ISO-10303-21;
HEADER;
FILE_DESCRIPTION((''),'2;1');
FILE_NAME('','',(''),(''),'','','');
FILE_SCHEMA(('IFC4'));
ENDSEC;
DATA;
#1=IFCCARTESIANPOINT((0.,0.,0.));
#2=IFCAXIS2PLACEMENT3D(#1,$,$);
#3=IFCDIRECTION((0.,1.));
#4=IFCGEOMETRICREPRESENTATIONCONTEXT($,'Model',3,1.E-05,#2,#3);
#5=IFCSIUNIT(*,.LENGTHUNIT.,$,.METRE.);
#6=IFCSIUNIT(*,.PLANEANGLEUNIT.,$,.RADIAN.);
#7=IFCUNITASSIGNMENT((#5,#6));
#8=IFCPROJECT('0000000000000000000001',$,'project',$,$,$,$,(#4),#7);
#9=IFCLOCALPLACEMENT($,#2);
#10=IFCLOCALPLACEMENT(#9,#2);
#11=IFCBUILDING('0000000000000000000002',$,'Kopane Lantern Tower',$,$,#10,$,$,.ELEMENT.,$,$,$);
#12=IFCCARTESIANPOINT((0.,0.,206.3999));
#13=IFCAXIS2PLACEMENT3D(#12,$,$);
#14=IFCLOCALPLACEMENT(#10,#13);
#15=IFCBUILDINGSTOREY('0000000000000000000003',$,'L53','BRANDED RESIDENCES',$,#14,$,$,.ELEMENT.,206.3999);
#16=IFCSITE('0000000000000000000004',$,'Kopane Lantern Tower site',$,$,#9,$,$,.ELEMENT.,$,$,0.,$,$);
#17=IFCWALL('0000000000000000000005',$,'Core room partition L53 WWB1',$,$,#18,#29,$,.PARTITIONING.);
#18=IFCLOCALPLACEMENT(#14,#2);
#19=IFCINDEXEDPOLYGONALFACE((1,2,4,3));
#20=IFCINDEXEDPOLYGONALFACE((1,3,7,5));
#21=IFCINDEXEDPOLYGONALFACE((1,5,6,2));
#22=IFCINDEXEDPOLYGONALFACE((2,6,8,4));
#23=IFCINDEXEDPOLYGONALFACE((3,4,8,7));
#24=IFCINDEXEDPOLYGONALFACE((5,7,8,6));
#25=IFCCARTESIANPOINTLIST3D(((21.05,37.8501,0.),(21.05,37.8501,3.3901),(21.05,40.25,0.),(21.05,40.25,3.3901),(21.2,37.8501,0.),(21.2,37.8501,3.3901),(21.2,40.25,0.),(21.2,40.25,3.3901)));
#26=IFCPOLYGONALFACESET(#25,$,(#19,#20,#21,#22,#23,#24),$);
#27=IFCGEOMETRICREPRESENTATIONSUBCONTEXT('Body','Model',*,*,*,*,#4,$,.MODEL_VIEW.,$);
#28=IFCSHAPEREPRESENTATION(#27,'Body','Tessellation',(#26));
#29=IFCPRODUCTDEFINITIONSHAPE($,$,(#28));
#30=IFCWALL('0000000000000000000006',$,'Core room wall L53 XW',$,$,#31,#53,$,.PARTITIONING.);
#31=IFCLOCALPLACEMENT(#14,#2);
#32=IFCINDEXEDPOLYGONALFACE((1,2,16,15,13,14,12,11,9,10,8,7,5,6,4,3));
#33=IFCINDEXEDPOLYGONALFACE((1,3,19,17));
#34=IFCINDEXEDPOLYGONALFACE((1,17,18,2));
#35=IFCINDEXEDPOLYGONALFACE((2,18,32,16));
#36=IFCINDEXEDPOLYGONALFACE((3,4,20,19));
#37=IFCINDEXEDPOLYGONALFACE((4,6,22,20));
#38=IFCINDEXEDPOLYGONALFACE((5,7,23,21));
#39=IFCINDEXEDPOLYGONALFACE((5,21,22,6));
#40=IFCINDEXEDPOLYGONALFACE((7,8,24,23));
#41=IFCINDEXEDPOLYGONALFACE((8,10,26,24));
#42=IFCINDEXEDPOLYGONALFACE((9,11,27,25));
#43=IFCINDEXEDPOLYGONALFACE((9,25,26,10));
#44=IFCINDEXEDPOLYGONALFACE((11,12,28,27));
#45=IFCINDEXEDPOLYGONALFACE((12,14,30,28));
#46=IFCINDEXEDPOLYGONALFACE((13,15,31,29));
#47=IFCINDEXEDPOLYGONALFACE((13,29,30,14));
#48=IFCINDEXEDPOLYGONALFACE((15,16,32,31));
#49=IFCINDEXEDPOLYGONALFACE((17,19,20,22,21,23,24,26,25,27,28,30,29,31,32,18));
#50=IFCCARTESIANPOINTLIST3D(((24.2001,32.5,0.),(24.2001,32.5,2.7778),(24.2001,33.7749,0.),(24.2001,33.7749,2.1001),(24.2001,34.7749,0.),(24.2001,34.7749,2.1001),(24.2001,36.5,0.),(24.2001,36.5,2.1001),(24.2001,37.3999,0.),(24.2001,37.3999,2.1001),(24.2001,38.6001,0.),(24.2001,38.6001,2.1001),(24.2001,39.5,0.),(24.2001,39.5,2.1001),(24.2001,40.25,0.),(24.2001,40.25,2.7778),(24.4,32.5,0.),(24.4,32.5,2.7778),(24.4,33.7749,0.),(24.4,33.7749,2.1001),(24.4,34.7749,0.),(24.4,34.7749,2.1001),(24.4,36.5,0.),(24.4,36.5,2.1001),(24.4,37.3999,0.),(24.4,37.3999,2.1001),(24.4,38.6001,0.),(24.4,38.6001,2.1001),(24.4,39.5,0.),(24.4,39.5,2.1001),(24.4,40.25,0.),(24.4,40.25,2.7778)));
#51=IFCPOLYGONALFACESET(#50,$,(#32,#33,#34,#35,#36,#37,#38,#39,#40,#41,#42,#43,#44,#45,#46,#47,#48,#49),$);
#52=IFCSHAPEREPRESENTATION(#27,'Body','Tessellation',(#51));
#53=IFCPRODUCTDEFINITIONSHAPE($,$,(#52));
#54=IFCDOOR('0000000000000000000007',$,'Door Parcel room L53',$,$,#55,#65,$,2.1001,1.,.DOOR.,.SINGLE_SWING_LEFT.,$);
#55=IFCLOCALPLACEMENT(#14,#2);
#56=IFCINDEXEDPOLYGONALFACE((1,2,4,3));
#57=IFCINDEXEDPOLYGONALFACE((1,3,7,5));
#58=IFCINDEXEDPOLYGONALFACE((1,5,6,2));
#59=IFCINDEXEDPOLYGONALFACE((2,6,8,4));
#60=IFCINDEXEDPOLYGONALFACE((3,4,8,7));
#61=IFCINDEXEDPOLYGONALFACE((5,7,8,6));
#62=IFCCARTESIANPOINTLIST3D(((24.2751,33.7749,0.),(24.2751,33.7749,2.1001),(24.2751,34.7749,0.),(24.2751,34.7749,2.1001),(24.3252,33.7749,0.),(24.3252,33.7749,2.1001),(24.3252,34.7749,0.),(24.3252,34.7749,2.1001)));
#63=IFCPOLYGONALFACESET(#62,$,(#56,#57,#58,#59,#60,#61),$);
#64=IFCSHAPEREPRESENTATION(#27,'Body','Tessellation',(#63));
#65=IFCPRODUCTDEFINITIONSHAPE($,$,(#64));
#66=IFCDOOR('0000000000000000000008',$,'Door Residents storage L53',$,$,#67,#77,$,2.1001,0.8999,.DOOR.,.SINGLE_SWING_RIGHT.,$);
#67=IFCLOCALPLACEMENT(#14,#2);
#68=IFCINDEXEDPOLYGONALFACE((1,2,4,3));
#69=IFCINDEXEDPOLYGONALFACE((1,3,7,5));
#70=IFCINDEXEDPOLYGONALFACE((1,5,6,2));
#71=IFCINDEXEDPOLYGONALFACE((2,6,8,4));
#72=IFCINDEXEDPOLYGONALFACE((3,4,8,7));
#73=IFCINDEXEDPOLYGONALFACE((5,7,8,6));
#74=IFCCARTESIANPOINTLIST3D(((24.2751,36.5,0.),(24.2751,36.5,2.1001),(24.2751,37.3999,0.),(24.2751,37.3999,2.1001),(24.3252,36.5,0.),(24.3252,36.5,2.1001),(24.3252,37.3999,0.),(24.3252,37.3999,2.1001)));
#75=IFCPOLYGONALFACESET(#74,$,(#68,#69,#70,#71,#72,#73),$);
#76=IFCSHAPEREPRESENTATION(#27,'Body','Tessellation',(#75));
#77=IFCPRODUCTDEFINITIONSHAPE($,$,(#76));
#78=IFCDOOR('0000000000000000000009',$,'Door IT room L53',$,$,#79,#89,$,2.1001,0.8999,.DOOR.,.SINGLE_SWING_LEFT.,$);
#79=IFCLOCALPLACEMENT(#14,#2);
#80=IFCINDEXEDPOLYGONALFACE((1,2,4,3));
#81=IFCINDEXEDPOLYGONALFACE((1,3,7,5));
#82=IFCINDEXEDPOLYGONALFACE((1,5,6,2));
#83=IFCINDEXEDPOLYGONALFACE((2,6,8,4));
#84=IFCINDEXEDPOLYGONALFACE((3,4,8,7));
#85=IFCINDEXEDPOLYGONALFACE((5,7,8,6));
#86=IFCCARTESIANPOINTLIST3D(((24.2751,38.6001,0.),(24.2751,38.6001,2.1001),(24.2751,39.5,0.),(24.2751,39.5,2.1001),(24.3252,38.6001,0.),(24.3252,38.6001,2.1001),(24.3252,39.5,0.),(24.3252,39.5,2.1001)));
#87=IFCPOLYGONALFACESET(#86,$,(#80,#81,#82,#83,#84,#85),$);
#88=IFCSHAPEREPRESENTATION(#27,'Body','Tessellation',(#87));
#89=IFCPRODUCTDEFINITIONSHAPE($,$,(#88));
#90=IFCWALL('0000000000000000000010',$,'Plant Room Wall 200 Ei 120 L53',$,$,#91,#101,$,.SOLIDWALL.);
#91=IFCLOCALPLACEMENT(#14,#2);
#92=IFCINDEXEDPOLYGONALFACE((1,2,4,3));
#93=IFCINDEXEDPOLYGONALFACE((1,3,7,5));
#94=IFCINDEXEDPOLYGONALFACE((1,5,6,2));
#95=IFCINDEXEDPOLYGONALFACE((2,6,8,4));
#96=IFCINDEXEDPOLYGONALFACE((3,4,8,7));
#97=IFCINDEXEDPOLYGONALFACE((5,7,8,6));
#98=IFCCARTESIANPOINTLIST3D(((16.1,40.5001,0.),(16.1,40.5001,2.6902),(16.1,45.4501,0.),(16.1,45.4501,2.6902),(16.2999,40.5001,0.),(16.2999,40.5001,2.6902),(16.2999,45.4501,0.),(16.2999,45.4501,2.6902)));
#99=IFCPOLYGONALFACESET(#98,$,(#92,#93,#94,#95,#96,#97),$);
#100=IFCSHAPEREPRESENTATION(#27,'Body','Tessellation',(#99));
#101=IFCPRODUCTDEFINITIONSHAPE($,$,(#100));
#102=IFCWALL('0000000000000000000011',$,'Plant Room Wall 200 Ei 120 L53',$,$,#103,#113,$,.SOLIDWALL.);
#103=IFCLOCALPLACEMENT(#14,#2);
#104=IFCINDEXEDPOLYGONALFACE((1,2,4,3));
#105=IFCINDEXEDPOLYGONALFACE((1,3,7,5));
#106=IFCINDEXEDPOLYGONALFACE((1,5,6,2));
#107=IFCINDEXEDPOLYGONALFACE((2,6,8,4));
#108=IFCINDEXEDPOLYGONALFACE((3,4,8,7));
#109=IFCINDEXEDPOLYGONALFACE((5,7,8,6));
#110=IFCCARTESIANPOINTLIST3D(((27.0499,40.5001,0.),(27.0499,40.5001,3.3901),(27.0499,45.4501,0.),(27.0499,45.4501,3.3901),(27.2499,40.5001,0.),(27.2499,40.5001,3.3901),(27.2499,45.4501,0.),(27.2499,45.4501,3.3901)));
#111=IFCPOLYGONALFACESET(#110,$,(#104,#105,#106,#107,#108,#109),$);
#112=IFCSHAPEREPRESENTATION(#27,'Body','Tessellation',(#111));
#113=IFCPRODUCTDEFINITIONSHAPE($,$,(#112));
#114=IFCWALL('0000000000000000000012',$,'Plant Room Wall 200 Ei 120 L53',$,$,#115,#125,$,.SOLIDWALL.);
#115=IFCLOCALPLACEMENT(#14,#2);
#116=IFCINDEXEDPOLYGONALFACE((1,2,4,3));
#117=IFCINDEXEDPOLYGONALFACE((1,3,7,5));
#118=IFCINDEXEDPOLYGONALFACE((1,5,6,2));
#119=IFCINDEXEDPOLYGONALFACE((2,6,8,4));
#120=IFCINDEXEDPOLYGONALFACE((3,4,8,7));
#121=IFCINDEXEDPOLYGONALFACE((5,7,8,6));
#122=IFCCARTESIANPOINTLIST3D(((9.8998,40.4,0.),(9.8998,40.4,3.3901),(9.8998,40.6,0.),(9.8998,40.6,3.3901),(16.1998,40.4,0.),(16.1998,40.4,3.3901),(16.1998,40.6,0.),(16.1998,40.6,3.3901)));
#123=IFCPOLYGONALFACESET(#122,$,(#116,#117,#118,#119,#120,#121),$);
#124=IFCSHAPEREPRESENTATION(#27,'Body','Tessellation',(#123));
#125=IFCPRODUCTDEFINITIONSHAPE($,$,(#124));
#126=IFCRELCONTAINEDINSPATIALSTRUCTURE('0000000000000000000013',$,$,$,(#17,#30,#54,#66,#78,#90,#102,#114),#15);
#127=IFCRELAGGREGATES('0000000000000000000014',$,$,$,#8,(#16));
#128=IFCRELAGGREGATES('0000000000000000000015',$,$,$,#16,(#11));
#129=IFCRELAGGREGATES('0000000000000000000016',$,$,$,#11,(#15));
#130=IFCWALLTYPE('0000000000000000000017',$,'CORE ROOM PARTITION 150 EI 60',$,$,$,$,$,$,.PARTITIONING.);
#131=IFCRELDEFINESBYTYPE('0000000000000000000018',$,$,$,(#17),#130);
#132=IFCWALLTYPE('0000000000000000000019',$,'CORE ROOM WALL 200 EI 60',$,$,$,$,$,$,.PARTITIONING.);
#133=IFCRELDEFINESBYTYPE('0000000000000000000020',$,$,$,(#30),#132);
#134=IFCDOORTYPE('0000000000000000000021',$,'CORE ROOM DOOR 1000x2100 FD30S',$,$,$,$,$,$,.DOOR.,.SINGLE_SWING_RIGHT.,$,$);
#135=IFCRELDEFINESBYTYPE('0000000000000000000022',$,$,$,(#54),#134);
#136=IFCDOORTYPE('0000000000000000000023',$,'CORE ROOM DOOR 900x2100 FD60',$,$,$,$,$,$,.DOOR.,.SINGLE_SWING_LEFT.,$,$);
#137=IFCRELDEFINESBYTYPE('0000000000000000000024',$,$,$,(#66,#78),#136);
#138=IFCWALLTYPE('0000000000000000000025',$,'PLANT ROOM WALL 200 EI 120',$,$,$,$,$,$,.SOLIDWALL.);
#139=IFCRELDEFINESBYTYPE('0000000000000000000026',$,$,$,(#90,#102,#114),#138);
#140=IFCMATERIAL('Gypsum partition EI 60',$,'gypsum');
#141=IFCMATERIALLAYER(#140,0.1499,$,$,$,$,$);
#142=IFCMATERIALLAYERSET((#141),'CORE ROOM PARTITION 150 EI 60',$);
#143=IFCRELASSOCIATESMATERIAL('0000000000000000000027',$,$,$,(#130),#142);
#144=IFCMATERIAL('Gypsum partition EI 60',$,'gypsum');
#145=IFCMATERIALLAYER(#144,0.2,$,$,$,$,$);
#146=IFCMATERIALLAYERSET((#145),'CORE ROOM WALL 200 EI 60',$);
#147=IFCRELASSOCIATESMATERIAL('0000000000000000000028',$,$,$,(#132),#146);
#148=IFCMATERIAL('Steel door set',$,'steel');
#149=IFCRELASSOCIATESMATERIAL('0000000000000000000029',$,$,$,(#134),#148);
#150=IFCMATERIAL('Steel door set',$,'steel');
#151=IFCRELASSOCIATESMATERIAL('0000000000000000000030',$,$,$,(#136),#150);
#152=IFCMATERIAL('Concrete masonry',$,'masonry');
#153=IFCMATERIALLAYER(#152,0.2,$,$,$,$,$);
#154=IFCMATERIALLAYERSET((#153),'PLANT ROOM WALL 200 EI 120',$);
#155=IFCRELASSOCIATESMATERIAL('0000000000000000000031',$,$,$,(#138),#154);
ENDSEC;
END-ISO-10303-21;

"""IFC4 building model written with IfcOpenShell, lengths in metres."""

from ifc_helpers import new_model, si_unit, direction, frame, frame_2d, origin, place, context, subcontext, project, spatial, rectangle, extrude, material, layer, layer_set, type_object, element, fill, save


model = new_model("IFC4")

# Units and contexts
model_context = context("Model", 3, precision=1e-05, world=origin(), true_north=direction((0.0, 1.0)))
body_context = subcontext(model_context, "Body", "Model", "MODEL_VIEW")
ifc_project = project(units=[si_unit("LENGTHUNIT", "METRE"), si_unit("PLANEANGLEUNIT", "RADIAN")], contexts=[model_context])

# Site, building, storey
site_placement = place(None, origin())
site = spatial("IfcSite", under=ifc_project, at=site_placement, Name="Kopane Lantern Tower site", CompositionType="ELEMENT", RefElevation=0.0)
building_placement = place(site_placement, origin())
building = spatial("IfcBuilding", under=site, at=building_placement, Name="Kopane Lantern Tower", CompositionType="ELEMENT")
storey_placement = place(building_placement, frame((0.0, 0.0, 206.3999)))
storey = spatial("IfcBuildingStorey", under=building, at=storey_placement, Name="L53", Description="BRANDED RESIDENCES", CompositionType="ELEMENT", Elevation=206.3999)

# Wall
ifc_material_1 = material(Name="Gypsum partition EI 60", Category="gypsum")
ifc_layer_1 = layer(ifc_material_1, 0.1499)
ifc_layer_set_1 = layer_set([ifc_layer_1], Name="CORE ROOM PARTITION 150 EI 60")
wall_type_1 = type_object("IfcWallType", Name="CORE ROOM PARTITION 150 EI 60", PredefinedType="PARTITIONING", material=ifc_layer_set_1)
wall_1_placement = place(storey_placement, frame((21.125, 37.8501, 0.0), z_axis=(0.0, 0.0, 1.0), x_axis=(0.0, 1.0, 0.0)))
element("IfcWall", 1, at=wall_1_placement, inside=storey, type_object=wall_type_1, Name="Core room partition L53 WWB1", PredefinedType="PARTITIONING", context=body_context, shape_type="SweptSolid", body=[
    extrude(rectangle(XDim=2.3999, YDim=0.1499, at=frame_2d((1.2, 0.0))), origin(), (0.0, 0.0, 1.0), 3.3901),
])

# Wall, openings, doors
ifc_material_2 = material(Name="Gypsum partition EI 60", Category="gypsum")
ifc_layer_2 = layer(ifc_material_2, 0.2)
ifc_layer_set_2 = layer_set([ifc_layer_2], Name="CORE ROOM WALL 200 EI 60")
wall_type_2 = type_object("IfcWallType", Name="CORE ROOM WALL 200 EI 60", PredefinedType="PARTITIONING", material=ifc_layer_set_2)
wall_2_placement = place(storey_placement, frame((24.3, 32.5, 0.0), z_axis=(0.0, 0.0, 1.0), x_axis=(0.0, 1.0, 0.0)))
wall_2 = element("IfcWall", 2, at=wall_2_placement, inside=storey, type_object=wall_type_2, Name="Core room wall L53 XW", PredefinedType="PARTITIONING", context=body_context, shape_type="SweptSolid", body=[
    extrude(rectangle(XDim=7.75, YDim=0.2, at=frame_2d((3.875, 0.0))), origin(), (0.0, 0.0, 1.0), 2.7778),
])
opening_1_placement = place(wall_2_placement, frame((1.2749, 0.0, 0.0)))
opening_1 = element("IfcOpeningElement", 3, at=opening_1_placement, cuts=wall_2, PredefinedType="OPENING", context=body_context, shape_type="SweptSolid", body=[
    extrude(rectangle(XDim=1.0, YDim=2.1001, at=frame_2d((0.5, 1.05))), frame((0.0, 0.1099, 0.0), z_axis=(0.0, -1.0, 0.0), x_axis=(1.0, 0.0, 0.0)), (0.0, 0.0, 1.0), 0.22),
])
opening_2_placement = place(wall_2_placement, frame((4.0, 0.0, 0.0)))
opening_2 = element("IfcOpeningElement", 4, at=opening_2_placement, cuts=wall_2, PredefinedType="OPENING", context=body_context, shape_type="SweptSolid", body=[
    extrude(rectangle(XDim=0.8999, YDim=2.1001, at=frame_2d((0.45, 1.05))), frame((0.0, 0.1099, 0.0), z_axis=(0.0, -1.0, 0.0), x_axis=(1.0, 0.0, 0.0)), (0.0, 0.0, 1.0), 0.22),
])
opening_3_placement = place(wall_2_placement, frame((6.1001, 0.0, 0.0)))
opening_3 = element("IfcOpeningElement", 5, at=opening_3_placement, cuts=wall_2, PredefinedType="OPENING", context=body_context, shape_type="SweptSolid", body=[
    extrude(rectangle(XDim=0.8999, YDim=2.1001, at=frame_2d((0.45, 1.05))), frame((0.0, 0.1099, 0.0), z_axis=(0.0, -1.0, 0.0), x_axis=(1.0, 0.0, 0.0)), (0.0, 0.0, 1.0), 0.22),
])
ifc_material_3 = material(Name="Steel door set", Category="steel")
door_type_1 = type_object("IfcDoorType", Name="CORE ROOM DOOR 1000x2100 FD30S", OperationType="SINGLE_SWING_RIGHT", PredefinedType="DOOR", material=ifc_material_3)
door_1_placement = place(opening_1_placement, origin())
door_1 = element("IfcDoor", 6, at=door_1_placement, inside=storey, type_object=door_type_1, Name="Door Parcel room L53", OperationType="SINGLE_SWING_LEFT", OverallHeight=2.1001, OverallWidth=1.0, PredefinedType="DOOR", context=body_context, shape_type="SweptSolid", body=[
    extrude(rectangle(XDim=1.0, YDim=2.1001, at=frame_2d((0.5, 1.05))), frame((0.0, 0.0249, 0.0), z_axis=(0.0, -1.0, 0.0), x_axis=(1.0, 0.0, 0.0)), (0.0, 0.0, 1.0), 0.05),
])
fill(opening_1, door_1)
ifc_material_4 = material(Name="Steel door set", Category="steel")
door_type_2 = type_object("IfcDoorType", Name="CORE ROOM DOOR 900x2100 FD60", OperationType="SINGLE_SWING_LEFT", PredefinedType="DOOR", material=ifc_material_4)
door_2_placement = place(opening_2_placement, origin())
door_2 = element("IfcDoor", 7, at=door_2_placement, inside=storey, type_object=door_type_2, Name="Door Residents storage L53", OperationType="SINGLE_SWING_RIGHT", OverallHeight=2.1001, OverallWidth=0.8999, PredefinedType="DOOR", context=body_context, shape_type="SweptSolid", body=[
    extrude(rectangle(XDim=0.8999, YDim=2.1001, at=frame_2d((0.45, 1.05))), frame((0.0, 0.0249, 0.0), z_axis=(0.0, -1.0, 0.0), x_axis=(1.0, 0.0, 0.0)), (0.0, 0.0, 1.0), 0.05),
])
fill(opening_2, door_2)
door_3_placement = place(opening_3_placement, origin())
door_3 = element("IfcDoor", 8, at=door_3_placement, inside=storey, type_object=door_type_2, Name="Door IT room L53", OperationType="SINGLE_SWING_LEFT", OverallHeight=2.1001, OverallWidth=0.8999, PredefinedType="DOOR", context=body_context, shape_type="SweptSolid", body=[
    extrude(rectangle(XDim=0.8999, YDim=2.1001, at=frame_2d((0.45, 1.05))), frame((0.0, 0.0249, 0.0), z_axis=(0.0, -1.0, 0.0), x_axis=(1.0, 0.0, 0.0)), (0.0, 0.0, 1.0), 0.05),
])
fill(opening_3, door_3)

# Walls
ifc_material_5 = material(Name="Concrete masonry", Category="masonry")
ifc_layer_3 = layer(ifc_material_5, 0.2)
ifc_layer_set_3 = layer_set([ifc_layer_3], Name="PLANT ROOM WALL 200 EI 120")
wall_type_3 = type_object("IfcWallType", Name="PLANT ROOM WALL 200 EI 120", PredefinedType="SOLIDWALL", material=ifc_layer_set_3)
wall_3_placement = place(storey_placement, frame((16.2, 40.5, 0.0), z_axis=(0.0, 0.0, 1.0), x_axis=(0.0, 1.0, 0.0)))
element("IfcWall", 9, at=wall_3_placement, inside=storey, type_object=wall_type_3, Name="Plant Room Wall 200 Ei 120 L53", PredefinedType="SOLIDWALL", context=body_context, shape_type="SweptSolid", body=[
    extrude(rectangle(XDim=4.95, YDim=0.2, at=frame_2d((2.4751, 0.0))), origin(), (0.0, 0.0, 1.0), 2.6902),
])
wall_4_placement = place(storey_placement, frame((27.1499, 40.5, 0.0), z_axis=(0.0, 0.0, 1.0), x_axis=(0.0, 1.0, 0.0)))
element("IfcWall", 10, at=wall_4_placement, inside=storey, type_object=wall_type_3, Name="Plant Room Wall 200 Ei 120 L53", PredefinedType="SOLIDWALL", context=body_context, shape_type="SweptSolid", body=[
    extrude(rectangle(XDim=4.95, YDim=0.2, at=frame_2d((2.4751, 0.0))), origin(), (0.0, 0.0, 1.0), 3.3901),
])
wall_5_placement = place(storey_placement, frame((9.8999, 40.5, 0.0), z_axis=(0.0, 0.0, 1.0), x_axis=(1.0, 0.0, 0.0)))
element("IfcWall", 11, at=wall_5_placement, inside=storey, type_object=wall_type_3, Name="Plant Room Wall 200 Ei 120 L53", PredefinedType="SOLIDWALL", context=body_context, shape_type="SweptSolid", body=[
    extrude(rectangle(XDim=6.3, YDim=0.2, at=frame_2d((3.1499, 0.0))), origin(), (0.0, 0.0, 1.0), 3.3901),
])

save(model, "model.ifc")
